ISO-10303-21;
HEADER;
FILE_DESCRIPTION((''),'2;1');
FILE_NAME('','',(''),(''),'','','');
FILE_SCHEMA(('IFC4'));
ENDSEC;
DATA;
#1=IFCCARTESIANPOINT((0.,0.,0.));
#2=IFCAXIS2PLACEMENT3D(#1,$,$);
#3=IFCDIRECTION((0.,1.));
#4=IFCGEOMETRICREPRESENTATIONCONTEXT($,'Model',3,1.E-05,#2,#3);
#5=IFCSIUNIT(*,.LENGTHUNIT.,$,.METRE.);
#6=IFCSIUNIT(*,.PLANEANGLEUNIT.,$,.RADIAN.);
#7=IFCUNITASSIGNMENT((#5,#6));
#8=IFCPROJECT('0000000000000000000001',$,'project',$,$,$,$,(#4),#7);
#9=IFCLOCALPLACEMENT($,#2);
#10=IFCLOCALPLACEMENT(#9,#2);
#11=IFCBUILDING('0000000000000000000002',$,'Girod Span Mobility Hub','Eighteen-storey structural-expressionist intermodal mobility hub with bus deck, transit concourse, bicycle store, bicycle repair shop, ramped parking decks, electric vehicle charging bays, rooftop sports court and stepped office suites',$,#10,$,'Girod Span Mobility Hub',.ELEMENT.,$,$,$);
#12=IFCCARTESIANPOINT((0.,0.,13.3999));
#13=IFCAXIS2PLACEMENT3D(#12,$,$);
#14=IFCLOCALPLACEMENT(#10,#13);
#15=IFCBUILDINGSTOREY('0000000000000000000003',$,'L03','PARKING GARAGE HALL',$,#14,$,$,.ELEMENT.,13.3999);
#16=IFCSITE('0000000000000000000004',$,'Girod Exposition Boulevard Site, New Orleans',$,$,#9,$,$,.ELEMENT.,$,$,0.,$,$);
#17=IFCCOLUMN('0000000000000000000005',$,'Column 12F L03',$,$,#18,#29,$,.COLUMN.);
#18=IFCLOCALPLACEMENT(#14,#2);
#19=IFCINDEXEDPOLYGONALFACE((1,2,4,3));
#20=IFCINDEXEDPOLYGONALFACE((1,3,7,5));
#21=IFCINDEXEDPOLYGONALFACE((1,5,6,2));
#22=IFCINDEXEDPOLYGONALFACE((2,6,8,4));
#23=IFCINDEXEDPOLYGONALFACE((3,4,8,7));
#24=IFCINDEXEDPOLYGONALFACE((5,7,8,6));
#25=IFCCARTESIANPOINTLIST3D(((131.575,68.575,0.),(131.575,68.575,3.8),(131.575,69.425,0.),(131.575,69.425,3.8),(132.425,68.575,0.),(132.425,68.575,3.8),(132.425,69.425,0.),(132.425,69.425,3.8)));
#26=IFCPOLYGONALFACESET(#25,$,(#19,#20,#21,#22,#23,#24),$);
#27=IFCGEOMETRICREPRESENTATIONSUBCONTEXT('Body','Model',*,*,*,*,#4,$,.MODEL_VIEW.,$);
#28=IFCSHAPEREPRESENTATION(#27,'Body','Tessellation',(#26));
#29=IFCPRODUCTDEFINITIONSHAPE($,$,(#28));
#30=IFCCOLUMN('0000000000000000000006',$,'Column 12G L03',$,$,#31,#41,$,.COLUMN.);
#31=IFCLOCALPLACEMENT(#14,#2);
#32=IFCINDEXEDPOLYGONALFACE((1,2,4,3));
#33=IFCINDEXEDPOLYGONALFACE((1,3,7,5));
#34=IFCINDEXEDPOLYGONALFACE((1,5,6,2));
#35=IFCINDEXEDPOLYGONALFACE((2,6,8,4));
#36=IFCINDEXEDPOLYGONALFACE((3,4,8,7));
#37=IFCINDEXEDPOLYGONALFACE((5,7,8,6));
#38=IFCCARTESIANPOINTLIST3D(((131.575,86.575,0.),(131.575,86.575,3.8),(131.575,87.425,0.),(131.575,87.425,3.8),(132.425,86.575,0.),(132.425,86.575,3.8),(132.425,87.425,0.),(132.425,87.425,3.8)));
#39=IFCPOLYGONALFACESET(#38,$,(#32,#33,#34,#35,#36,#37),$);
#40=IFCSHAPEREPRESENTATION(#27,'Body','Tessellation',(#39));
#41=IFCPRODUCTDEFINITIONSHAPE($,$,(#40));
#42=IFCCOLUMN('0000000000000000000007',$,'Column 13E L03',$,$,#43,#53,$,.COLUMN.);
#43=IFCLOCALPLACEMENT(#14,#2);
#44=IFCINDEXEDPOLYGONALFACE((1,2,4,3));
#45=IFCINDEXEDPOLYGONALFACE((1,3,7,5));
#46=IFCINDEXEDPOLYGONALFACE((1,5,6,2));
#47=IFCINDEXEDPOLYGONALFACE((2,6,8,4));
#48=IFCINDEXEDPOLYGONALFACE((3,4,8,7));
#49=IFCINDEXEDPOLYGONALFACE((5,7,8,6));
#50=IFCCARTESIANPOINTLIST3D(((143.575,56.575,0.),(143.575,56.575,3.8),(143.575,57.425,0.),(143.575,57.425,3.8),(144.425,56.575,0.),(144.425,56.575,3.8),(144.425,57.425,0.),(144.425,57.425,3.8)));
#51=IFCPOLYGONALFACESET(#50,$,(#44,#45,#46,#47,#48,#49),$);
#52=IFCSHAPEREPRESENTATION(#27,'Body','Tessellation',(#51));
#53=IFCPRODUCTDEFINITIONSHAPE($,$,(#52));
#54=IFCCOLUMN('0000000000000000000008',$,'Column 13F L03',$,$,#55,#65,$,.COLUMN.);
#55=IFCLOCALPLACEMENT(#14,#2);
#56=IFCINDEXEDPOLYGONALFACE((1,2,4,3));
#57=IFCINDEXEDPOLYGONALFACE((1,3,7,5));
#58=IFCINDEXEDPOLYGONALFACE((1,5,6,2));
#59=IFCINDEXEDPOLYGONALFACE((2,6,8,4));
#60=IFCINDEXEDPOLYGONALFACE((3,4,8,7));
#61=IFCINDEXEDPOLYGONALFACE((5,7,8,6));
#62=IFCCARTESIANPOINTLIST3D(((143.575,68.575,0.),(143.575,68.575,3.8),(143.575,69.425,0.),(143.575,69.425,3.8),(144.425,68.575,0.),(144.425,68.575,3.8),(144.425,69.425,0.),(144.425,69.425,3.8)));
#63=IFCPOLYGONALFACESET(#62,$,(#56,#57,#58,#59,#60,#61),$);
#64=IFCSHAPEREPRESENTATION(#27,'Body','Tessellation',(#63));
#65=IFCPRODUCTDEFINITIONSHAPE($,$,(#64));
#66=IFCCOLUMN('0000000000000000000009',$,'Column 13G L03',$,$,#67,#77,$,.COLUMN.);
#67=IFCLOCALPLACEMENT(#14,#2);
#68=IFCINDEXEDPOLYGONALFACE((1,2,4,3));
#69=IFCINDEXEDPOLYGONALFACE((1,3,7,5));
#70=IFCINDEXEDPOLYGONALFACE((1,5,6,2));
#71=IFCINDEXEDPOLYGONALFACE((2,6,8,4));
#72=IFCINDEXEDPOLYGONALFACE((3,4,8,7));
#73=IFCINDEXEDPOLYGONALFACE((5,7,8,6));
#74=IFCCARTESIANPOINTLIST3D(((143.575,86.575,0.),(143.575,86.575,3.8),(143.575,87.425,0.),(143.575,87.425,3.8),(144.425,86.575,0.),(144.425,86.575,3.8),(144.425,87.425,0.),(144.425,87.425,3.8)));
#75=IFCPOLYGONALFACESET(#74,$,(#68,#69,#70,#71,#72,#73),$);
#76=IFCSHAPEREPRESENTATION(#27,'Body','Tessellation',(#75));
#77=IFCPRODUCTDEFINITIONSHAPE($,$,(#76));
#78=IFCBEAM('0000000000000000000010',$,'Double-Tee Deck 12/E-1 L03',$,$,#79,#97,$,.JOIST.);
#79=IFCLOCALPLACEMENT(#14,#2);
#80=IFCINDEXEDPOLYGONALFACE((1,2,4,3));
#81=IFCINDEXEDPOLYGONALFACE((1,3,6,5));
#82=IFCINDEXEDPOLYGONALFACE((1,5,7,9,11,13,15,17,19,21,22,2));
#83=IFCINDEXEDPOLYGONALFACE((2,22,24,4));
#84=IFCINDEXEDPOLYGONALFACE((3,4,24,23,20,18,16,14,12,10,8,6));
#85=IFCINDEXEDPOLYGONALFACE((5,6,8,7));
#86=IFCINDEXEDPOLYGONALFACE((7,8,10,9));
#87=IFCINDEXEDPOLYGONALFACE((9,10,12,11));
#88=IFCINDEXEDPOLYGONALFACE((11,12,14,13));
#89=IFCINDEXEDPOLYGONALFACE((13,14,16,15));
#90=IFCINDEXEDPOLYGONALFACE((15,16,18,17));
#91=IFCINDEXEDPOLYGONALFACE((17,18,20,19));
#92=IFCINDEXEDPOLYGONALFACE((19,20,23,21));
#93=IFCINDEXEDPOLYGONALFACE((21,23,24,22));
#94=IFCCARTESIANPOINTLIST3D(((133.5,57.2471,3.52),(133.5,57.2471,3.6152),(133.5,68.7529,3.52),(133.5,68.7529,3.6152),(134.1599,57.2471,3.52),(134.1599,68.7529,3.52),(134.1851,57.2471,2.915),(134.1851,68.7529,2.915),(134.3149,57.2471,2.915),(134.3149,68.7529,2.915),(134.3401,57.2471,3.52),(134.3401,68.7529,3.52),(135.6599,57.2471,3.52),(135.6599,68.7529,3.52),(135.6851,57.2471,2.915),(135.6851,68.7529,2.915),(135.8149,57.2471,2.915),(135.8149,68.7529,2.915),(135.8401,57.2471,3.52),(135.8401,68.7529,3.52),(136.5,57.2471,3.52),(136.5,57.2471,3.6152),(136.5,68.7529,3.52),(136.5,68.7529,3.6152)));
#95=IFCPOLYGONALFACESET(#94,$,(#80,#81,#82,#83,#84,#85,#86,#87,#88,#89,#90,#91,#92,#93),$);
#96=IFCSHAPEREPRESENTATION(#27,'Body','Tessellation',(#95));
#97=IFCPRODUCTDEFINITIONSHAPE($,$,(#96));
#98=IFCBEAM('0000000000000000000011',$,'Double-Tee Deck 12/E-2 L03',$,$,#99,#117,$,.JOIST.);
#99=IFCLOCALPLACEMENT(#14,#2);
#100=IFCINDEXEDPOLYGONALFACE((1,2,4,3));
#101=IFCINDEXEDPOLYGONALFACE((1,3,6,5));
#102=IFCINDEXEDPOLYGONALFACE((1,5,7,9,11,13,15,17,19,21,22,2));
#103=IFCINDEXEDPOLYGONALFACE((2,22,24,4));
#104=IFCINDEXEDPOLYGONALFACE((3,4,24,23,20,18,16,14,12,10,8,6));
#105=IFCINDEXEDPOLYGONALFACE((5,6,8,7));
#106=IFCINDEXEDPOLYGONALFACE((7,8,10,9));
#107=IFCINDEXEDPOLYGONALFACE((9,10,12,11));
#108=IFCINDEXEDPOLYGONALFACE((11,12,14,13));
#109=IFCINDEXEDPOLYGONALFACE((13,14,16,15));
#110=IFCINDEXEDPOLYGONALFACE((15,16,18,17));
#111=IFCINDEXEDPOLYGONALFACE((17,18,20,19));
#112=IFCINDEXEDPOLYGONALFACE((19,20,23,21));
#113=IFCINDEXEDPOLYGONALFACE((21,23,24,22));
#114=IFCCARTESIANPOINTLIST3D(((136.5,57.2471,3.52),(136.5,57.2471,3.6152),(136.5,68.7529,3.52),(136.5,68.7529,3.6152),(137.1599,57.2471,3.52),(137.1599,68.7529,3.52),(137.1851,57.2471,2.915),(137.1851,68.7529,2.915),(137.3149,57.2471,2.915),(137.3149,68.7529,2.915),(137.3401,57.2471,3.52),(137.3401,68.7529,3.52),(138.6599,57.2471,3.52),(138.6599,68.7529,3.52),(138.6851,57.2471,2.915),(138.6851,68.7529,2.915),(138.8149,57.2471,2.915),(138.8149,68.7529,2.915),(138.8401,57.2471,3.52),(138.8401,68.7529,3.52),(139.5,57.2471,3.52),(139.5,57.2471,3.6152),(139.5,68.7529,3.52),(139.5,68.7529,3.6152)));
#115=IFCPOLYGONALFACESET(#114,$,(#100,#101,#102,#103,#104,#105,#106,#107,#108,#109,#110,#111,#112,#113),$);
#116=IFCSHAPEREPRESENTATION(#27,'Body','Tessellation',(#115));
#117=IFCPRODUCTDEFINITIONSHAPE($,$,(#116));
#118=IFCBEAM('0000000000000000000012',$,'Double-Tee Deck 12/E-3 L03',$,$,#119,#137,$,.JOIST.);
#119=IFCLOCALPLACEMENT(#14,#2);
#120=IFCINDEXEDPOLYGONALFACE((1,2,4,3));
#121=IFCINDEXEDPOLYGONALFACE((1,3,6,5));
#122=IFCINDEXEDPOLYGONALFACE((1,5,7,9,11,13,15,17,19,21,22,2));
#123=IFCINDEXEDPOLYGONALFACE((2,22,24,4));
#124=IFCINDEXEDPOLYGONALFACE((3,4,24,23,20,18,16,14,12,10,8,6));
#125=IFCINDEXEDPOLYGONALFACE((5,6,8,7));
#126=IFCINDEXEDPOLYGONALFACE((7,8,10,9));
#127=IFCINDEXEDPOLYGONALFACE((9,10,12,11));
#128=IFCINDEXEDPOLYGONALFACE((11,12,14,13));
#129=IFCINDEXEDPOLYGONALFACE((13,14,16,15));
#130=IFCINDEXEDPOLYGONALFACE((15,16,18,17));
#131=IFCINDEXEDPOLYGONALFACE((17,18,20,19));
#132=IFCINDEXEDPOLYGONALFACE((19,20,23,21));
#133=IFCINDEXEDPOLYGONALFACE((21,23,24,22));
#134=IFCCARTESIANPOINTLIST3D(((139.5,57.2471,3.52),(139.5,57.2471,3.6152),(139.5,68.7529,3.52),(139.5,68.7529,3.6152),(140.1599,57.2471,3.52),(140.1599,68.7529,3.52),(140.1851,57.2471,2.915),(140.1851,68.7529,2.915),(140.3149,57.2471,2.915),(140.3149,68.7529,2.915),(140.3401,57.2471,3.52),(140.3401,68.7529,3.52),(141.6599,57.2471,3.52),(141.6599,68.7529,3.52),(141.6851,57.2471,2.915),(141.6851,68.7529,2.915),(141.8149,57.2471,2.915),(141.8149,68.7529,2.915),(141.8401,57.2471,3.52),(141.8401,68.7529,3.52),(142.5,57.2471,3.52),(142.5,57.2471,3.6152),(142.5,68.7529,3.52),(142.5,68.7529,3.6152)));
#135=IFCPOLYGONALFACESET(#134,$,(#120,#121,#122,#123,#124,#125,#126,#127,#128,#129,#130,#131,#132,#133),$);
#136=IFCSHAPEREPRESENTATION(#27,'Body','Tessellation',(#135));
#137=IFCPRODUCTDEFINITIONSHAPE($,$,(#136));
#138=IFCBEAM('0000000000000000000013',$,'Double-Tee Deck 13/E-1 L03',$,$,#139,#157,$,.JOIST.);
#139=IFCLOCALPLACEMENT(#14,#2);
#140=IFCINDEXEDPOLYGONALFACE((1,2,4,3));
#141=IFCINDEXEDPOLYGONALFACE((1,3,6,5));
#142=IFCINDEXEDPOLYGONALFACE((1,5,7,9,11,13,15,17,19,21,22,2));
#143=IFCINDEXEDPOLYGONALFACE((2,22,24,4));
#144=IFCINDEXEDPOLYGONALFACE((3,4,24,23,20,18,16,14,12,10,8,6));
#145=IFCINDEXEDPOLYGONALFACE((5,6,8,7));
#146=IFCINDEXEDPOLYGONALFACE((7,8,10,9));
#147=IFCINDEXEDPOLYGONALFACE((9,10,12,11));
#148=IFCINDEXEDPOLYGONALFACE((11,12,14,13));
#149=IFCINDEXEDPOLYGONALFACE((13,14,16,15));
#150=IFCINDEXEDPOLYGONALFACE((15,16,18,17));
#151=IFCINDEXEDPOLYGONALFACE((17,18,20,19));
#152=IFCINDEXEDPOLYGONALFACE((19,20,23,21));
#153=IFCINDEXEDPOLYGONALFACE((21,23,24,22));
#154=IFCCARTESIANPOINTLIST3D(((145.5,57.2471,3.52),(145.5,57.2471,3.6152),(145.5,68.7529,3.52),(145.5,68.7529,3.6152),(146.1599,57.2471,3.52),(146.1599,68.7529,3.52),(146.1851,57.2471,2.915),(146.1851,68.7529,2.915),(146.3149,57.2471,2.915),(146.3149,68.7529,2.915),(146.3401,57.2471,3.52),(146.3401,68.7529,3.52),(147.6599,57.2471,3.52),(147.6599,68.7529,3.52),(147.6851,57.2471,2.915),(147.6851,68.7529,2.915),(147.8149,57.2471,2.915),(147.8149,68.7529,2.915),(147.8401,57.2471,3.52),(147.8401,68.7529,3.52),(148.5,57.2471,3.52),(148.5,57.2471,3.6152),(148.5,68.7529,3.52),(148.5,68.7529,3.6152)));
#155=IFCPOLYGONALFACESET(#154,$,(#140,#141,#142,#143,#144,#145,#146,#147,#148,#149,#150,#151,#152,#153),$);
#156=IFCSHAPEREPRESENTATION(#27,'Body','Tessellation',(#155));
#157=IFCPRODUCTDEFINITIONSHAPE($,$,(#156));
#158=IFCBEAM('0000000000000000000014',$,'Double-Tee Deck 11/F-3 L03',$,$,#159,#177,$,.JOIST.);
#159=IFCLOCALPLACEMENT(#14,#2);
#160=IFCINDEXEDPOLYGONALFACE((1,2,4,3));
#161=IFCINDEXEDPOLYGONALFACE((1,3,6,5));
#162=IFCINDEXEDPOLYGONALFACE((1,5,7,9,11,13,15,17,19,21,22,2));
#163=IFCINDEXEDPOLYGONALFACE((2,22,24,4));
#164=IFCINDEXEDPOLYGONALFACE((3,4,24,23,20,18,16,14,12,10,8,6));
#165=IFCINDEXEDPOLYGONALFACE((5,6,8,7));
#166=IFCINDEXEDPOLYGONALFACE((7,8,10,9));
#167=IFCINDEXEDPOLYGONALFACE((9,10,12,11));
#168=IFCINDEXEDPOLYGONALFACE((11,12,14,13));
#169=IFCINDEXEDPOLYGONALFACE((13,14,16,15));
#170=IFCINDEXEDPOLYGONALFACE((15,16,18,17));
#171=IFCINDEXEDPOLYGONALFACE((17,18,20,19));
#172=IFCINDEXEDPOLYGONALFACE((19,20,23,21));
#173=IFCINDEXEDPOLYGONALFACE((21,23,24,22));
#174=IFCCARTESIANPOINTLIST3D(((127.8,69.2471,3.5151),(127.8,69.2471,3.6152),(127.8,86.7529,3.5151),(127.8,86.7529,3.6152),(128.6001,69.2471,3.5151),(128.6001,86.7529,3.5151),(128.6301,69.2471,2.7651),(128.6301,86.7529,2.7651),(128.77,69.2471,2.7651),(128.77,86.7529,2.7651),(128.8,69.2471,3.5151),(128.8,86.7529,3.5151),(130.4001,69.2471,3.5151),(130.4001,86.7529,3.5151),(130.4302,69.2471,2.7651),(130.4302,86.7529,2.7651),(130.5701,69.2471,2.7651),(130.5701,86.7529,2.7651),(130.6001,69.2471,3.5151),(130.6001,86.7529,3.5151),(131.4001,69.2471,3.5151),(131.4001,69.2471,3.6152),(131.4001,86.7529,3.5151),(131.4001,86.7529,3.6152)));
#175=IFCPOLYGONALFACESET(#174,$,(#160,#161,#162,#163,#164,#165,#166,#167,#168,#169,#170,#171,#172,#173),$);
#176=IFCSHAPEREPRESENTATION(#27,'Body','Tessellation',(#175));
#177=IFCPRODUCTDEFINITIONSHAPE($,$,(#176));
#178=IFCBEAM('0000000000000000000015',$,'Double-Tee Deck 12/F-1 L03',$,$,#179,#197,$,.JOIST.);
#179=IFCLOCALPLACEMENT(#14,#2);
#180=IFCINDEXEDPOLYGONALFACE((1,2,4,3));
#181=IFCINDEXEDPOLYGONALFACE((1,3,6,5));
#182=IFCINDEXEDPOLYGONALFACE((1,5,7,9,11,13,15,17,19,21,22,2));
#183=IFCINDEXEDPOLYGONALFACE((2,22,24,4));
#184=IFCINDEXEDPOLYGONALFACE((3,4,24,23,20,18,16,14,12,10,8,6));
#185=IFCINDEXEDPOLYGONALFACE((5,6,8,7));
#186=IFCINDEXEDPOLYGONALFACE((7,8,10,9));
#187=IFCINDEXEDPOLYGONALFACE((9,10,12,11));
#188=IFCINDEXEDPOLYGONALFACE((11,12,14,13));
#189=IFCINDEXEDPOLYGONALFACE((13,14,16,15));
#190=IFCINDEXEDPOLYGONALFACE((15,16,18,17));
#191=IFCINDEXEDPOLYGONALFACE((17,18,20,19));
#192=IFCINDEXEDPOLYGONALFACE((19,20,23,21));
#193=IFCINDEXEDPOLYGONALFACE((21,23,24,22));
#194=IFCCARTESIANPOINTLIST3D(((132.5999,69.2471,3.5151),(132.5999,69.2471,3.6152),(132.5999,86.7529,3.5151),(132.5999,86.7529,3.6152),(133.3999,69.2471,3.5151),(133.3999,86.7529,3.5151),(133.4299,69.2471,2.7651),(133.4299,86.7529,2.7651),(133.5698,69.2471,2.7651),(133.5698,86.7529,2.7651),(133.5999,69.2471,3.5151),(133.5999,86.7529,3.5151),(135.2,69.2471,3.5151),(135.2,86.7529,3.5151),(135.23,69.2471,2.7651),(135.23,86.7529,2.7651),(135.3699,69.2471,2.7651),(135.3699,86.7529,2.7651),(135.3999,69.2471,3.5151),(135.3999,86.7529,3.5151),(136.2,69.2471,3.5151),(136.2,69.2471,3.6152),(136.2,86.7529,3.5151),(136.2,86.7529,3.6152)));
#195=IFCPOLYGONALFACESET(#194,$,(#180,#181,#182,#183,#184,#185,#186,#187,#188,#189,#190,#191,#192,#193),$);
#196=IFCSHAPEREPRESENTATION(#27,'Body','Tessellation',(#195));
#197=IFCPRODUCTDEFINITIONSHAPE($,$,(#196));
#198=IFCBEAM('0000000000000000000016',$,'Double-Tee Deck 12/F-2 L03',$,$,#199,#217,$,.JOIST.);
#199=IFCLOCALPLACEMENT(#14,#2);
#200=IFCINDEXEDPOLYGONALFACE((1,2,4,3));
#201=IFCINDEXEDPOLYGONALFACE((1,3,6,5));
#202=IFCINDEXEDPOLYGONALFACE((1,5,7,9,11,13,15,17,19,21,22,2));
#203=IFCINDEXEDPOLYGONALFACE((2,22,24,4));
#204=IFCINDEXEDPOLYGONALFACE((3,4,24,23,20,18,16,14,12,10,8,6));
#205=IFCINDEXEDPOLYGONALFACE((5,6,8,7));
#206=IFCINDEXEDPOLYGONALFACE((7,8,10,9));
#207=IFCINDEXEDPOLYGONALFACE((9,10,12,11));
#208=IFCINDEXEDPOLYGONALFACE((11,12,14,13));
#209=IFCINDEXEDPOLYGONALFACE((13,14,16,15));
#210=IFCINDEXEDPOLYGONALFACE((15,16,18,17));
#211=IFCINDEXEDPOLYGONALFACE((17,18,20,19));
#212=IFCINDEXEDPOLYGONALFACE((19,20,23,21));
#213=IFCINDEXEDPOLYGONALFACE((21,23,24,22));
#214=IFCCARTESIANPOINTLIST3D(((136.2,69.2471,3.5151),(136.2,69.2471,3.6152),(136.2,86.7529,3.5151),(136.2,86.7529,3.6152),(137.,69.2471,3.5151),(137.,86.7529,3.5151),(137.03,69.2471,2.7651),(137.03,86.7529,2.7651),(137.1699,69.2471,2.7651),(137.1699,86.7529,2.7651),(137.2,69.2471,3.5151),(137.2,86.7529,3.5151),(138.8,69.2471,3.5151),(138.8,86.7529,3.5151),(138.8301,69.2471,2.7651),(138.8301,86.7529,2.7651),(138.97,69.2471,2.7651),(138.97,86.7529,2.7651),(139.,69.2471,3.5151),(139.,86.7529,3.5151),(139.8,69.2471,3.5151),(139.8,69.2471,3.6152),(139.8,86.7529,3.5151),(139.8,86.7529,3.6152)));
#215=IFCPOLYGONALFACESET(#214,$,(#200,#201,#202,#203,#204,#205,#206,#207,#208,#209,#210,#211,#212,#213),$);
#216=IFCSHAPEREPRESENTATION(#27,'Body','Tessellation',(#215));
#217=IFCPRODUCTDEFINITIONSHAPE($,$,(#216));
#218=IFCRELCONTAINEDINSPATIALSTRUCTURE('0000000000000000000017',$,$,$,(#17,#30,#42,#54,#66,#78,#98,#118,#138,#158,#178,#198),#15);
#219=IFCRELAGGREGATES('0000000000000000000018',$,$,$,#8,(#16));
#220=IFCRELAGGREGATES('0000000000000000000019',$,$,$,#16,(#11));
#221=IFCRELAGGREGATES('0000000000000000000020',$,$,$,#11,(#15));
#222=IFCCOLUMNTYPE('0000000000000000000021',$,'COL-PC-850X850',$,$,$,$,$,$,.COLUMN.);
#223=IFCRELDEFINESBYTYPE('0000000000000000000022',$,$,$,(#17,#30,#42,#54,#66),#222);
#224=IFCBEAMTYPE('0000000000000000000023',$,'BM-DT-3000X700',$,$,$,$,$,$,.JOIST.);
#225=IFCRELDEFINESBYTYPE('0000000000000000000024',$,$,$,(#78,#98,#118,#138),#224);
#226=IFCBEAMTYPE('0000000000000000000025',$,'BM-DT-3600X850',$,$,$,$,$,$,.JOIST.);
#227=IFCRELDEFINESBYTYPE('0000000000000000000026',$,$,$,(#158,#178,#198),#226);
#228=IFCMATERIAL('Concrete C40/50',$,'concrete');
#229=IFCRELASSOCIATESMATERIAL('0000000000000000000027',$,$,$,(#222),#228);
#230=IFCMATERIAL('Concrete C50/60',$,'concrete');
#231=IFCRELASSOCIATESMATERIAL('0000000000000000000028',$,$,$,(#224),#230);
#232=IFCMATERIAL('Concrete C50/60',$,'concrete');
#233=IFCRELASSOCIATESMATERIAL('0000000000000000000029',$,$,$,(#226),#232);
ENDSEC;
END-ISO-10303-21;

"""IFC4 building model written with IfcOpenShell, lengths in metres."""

from ifc_helpers import new_model, si_unit, direction, frame, origin, origin_2d, place, context, subcontext, project, spatial, polyline, rectangle, outline, extrude, material, material_profile, profile_set, type_object, element, save


model = new_model("IFC4")

# Units and contexts
model_context = context("Model", 3, precision=1e-05, world=origin(), true_north=direction((0.0, 1.0)))
body_context = subcontext(model_context, "Body", "Model", "MODEL_VIEW")
ifc_project = project(units=[si_unit("LENGTHUNIT", "METRE"), si_unit("PLANEANGLEUNIT", "RADIAN")], contexts=[model_context])

# Site, building, storey
site_placement = place(None, origin())
site = spatial("IfcSite", under=ifc_project, at=site_placement, Name="Girod Exposition Boulevard Site, New Orleans", CompositionType="ELEMENT", RefElevation=0.0)
building_placement = place(site_placement, origin())
building = spatial("IfcBuilding", under=site, at=building_placement, Name="Girod Span Mobility Hub", Description="Eighteen-storey structural-expressionist intermodal mobility hub with bus deck, transit concourse, bicycle store, bicycle repair shop, ramped parking decks, electric vehicle charging bays, rooftop sports court and stepped office suites", LongName="Girod Span Mobility Hub", CompositionType="ELEMENT")
storey_placement = place(building_placement, frame((0.0, 0.0, 13.3999)))
storey = spatial("IfcBuildingStorey", under=building, at=storey_placement, Name="L03", Description="PARKING GARAGE HALL", CompositionType="ELEMENT", Elevation=13.3999)

# Columns
ifc_material_1 = material(Name="Concrete C40/50", Category="concrete")
ifc_material_profile_1 = material_profile(ifc_material_1, rectangle(XDim=0.8501, YDim=0.8501, at=origin_2d()), Name="PC-COL-850X850")
ifc_profile_set_1 = profile_set([ifc_material_profile_1], Name="Concrete C40/50")
column_type = type_object("IfcColumnType", Name="COL-PC-850X850", PredefinedType="COLUMN", material=ifc_profile_set_1)
for number, where, z_axis, x_axis, name in (
    (1, (132.0, 69.0, 0.0), (0.0, 0.0, 1.0), (1.0, 0.0, 0.0), "Column 12F L03"),
    (2, (132.0, 87.0, 0.0), (0.0, 0.0, 1.0), (1.0, 0.0, 0.0), "Column 12G L03"),
    (3, (144.0, 57.0, 0.0), (0.0, 0.0, 1.0), (1.0, 0.0, 0.0), "Column 13E L03"),
    (4, (144.0, 69.0, 0.0), (0.0, 0.0, 1.0), (1.0, 0.0, 0.0), "Column 13F L03"),
    (5, (144.0, 87.0, 0.0), (0.0, 0.0, 1.0), (1.0, 0.0, 0.0), "Column 13G L03"),
):
    element("IfcColumn", number, at=place(storey_placement, frame(where, z_axis=z_axis, x_axis=x_axis)), inside=storey, type_object=column_type, Name=name, PredefinedType="COLUMN", context=body_context, shape_type="SweptSolid", body=[
        extrude(rectangle(XDim=0.8501, YDim=0.8501, at=origin_2d()), origin(), (0.0, 0.0, 1.0), 3.8),
    ])

# Beams
ifc_material_2 = material(Name="Concrete C50/60", Category="concrete")
ifc_material_profile_2 = material_profile(ifc_material_2, outline(polyline([(-1.5, 0.3501), (-1.5, 0.2549), (-0.8401, 0.2549), (-0.8149, -0.3501), (-0.6851, -0.3501), (-0.6599, 0.2549), (0.6599, 0.2549), (0.6851, -0.3501), (0.8149, -0.3501), (0.8401, 0.2549), (1.5, 0.2549), (1.5, 0.3501), (-1.5, 0.3501)])), Name="DT-3000X700")
ifc_profile_set_2 = profile_set([ifc_material_profile_2], Name="Concrete C50/60")
beam_type_1 = type_object("IfcBeamType", Name="BM-DT-3000X700", PredefinedType="JOIST", material=ifc_profile_set_2)
for number, where, z_axis, x_axis, name in (
    (6, (135.0, 57.2471, 3.2651), (0.0, 1.0, 0.0), (-1.0, 0.0, 0.0), "Double-Tee Deck 12/E-1 L03"),
    (7, (138.0, 57.2471, 3.2651), (0.0, 1.0, 0.0), (-1.0, 0.0, 0.0), "Double-Tee Deck 12/E-2 L03"),
    (8, (141.0, 57.2471, 3.2651), (0.0, 1.0, 0.0), (-1.0, 0.0, 0.0), "Double-Tee Deck 12/E-3 L03"),
    (9, (147.0, 57.2471, 3.2651), (0.0, 1.0, 0.0), (-1.0, 0.0, 0.0), "Double-Tee Deck 13/E-1 L03"),
):
    element("IfcBeam", number, at=place(storey_placement, frame(where, z_axis=z_axis, x_axis=x_axis)), inside=storey, type_object=beam_type_1, Name=name, PredefinedType="JOIST", context=body_context, shape_type="SweptSolid", body=[
        extrude(outline(polyline([(-1.5, 0.3501), (-1.5, 0.2549), (-0.8401, 0.2549), (-0.8149, -0.3501), (-0.6851, -0.3501), (-0.6599, 0.2549), (0.6599, 0.2549), (0.6851, -0.3501), (0.8149, -0.3501), (0.8401, 0.2549), (1.5, 0.2549), (1.5, 0.3501), (-1.5, 0.3501)])), origin(), (0.0, 0.0, 1.0), 11.5059),
    ])
ifc_material_3 = material(Name="Concrete C50/60", Category="concrete")
ifc_material_profile_3 = material_profile(ifc_material_3, outline(polyline([(-1.8, 0.425), (-1.8, 0.325), (-1.0, 0.325), (-0.97, -0.425), (-0.8301, -0.425), (-0.8, 0.325), (0.8, 0.325), (0.8301, -0.425), (0.97, -0.425), (1.0, 0.325), (1.8, 0.325), (1.8, 0.425), (-1.8, 0.425)])), Name="DT-3600X850")
ifc_profile_set_3 = profile_set([ifc_material_profile_3], Name="Concrete C50/60")
beam_type_2 = type_object("IfcBeamType", Name="BM-DT-3600X850", PredefinedType="JOIST", material=ifc_profile_set_3)
for number, where, z_axis, x_axis, name in (
    (10, (129.6001, 69.2471, 3.1902), (0.0, 1.0, 0.0), (-1.0, 0.0, 0.0), "Double-Tee Deck 11/F-3 L03"),
    (11, (134.3999, 69.2471, 3.1902), (0.0, 1.0, 0.0), (-1.0, 0.0, 0.0), "Double-Tee Deck 12/F-1 L03"),
    (12, (138.0, 69.2471, 3.1902), (0.0, 1.0, 0.0), (-1.0, 0.0, 0.0), "Double-Tee Deck 12/F-2 L03"),
):
    element("IfcBeam", number, at=place(storey_placement, frame(where, z_axis=z_axis, x_axis=x_axis)), inside=storey, type_object=beam_type_2, Name=name, PredefinedType="JOIST", context=body_context, shape_type="SweptSolid", body=[
        extrude(outline(polyline([(-1.8, 0.425), (-1.8, 0.325), (-1.0, 0.325), (-0.97, -0.425), (-0.8301, -0.425), (-0.8, 0.325), (0.8, 0.325), (0.8301, -0.425), (0.97, -0.425), (1.0, 0.325), (1.8, 0.325), (1.8, 0.425), (-1.8, 0.425)])), origin(), (0.0, 0.0, 1.0), 17.5059),
    ])

save(model, "model.ifc")
